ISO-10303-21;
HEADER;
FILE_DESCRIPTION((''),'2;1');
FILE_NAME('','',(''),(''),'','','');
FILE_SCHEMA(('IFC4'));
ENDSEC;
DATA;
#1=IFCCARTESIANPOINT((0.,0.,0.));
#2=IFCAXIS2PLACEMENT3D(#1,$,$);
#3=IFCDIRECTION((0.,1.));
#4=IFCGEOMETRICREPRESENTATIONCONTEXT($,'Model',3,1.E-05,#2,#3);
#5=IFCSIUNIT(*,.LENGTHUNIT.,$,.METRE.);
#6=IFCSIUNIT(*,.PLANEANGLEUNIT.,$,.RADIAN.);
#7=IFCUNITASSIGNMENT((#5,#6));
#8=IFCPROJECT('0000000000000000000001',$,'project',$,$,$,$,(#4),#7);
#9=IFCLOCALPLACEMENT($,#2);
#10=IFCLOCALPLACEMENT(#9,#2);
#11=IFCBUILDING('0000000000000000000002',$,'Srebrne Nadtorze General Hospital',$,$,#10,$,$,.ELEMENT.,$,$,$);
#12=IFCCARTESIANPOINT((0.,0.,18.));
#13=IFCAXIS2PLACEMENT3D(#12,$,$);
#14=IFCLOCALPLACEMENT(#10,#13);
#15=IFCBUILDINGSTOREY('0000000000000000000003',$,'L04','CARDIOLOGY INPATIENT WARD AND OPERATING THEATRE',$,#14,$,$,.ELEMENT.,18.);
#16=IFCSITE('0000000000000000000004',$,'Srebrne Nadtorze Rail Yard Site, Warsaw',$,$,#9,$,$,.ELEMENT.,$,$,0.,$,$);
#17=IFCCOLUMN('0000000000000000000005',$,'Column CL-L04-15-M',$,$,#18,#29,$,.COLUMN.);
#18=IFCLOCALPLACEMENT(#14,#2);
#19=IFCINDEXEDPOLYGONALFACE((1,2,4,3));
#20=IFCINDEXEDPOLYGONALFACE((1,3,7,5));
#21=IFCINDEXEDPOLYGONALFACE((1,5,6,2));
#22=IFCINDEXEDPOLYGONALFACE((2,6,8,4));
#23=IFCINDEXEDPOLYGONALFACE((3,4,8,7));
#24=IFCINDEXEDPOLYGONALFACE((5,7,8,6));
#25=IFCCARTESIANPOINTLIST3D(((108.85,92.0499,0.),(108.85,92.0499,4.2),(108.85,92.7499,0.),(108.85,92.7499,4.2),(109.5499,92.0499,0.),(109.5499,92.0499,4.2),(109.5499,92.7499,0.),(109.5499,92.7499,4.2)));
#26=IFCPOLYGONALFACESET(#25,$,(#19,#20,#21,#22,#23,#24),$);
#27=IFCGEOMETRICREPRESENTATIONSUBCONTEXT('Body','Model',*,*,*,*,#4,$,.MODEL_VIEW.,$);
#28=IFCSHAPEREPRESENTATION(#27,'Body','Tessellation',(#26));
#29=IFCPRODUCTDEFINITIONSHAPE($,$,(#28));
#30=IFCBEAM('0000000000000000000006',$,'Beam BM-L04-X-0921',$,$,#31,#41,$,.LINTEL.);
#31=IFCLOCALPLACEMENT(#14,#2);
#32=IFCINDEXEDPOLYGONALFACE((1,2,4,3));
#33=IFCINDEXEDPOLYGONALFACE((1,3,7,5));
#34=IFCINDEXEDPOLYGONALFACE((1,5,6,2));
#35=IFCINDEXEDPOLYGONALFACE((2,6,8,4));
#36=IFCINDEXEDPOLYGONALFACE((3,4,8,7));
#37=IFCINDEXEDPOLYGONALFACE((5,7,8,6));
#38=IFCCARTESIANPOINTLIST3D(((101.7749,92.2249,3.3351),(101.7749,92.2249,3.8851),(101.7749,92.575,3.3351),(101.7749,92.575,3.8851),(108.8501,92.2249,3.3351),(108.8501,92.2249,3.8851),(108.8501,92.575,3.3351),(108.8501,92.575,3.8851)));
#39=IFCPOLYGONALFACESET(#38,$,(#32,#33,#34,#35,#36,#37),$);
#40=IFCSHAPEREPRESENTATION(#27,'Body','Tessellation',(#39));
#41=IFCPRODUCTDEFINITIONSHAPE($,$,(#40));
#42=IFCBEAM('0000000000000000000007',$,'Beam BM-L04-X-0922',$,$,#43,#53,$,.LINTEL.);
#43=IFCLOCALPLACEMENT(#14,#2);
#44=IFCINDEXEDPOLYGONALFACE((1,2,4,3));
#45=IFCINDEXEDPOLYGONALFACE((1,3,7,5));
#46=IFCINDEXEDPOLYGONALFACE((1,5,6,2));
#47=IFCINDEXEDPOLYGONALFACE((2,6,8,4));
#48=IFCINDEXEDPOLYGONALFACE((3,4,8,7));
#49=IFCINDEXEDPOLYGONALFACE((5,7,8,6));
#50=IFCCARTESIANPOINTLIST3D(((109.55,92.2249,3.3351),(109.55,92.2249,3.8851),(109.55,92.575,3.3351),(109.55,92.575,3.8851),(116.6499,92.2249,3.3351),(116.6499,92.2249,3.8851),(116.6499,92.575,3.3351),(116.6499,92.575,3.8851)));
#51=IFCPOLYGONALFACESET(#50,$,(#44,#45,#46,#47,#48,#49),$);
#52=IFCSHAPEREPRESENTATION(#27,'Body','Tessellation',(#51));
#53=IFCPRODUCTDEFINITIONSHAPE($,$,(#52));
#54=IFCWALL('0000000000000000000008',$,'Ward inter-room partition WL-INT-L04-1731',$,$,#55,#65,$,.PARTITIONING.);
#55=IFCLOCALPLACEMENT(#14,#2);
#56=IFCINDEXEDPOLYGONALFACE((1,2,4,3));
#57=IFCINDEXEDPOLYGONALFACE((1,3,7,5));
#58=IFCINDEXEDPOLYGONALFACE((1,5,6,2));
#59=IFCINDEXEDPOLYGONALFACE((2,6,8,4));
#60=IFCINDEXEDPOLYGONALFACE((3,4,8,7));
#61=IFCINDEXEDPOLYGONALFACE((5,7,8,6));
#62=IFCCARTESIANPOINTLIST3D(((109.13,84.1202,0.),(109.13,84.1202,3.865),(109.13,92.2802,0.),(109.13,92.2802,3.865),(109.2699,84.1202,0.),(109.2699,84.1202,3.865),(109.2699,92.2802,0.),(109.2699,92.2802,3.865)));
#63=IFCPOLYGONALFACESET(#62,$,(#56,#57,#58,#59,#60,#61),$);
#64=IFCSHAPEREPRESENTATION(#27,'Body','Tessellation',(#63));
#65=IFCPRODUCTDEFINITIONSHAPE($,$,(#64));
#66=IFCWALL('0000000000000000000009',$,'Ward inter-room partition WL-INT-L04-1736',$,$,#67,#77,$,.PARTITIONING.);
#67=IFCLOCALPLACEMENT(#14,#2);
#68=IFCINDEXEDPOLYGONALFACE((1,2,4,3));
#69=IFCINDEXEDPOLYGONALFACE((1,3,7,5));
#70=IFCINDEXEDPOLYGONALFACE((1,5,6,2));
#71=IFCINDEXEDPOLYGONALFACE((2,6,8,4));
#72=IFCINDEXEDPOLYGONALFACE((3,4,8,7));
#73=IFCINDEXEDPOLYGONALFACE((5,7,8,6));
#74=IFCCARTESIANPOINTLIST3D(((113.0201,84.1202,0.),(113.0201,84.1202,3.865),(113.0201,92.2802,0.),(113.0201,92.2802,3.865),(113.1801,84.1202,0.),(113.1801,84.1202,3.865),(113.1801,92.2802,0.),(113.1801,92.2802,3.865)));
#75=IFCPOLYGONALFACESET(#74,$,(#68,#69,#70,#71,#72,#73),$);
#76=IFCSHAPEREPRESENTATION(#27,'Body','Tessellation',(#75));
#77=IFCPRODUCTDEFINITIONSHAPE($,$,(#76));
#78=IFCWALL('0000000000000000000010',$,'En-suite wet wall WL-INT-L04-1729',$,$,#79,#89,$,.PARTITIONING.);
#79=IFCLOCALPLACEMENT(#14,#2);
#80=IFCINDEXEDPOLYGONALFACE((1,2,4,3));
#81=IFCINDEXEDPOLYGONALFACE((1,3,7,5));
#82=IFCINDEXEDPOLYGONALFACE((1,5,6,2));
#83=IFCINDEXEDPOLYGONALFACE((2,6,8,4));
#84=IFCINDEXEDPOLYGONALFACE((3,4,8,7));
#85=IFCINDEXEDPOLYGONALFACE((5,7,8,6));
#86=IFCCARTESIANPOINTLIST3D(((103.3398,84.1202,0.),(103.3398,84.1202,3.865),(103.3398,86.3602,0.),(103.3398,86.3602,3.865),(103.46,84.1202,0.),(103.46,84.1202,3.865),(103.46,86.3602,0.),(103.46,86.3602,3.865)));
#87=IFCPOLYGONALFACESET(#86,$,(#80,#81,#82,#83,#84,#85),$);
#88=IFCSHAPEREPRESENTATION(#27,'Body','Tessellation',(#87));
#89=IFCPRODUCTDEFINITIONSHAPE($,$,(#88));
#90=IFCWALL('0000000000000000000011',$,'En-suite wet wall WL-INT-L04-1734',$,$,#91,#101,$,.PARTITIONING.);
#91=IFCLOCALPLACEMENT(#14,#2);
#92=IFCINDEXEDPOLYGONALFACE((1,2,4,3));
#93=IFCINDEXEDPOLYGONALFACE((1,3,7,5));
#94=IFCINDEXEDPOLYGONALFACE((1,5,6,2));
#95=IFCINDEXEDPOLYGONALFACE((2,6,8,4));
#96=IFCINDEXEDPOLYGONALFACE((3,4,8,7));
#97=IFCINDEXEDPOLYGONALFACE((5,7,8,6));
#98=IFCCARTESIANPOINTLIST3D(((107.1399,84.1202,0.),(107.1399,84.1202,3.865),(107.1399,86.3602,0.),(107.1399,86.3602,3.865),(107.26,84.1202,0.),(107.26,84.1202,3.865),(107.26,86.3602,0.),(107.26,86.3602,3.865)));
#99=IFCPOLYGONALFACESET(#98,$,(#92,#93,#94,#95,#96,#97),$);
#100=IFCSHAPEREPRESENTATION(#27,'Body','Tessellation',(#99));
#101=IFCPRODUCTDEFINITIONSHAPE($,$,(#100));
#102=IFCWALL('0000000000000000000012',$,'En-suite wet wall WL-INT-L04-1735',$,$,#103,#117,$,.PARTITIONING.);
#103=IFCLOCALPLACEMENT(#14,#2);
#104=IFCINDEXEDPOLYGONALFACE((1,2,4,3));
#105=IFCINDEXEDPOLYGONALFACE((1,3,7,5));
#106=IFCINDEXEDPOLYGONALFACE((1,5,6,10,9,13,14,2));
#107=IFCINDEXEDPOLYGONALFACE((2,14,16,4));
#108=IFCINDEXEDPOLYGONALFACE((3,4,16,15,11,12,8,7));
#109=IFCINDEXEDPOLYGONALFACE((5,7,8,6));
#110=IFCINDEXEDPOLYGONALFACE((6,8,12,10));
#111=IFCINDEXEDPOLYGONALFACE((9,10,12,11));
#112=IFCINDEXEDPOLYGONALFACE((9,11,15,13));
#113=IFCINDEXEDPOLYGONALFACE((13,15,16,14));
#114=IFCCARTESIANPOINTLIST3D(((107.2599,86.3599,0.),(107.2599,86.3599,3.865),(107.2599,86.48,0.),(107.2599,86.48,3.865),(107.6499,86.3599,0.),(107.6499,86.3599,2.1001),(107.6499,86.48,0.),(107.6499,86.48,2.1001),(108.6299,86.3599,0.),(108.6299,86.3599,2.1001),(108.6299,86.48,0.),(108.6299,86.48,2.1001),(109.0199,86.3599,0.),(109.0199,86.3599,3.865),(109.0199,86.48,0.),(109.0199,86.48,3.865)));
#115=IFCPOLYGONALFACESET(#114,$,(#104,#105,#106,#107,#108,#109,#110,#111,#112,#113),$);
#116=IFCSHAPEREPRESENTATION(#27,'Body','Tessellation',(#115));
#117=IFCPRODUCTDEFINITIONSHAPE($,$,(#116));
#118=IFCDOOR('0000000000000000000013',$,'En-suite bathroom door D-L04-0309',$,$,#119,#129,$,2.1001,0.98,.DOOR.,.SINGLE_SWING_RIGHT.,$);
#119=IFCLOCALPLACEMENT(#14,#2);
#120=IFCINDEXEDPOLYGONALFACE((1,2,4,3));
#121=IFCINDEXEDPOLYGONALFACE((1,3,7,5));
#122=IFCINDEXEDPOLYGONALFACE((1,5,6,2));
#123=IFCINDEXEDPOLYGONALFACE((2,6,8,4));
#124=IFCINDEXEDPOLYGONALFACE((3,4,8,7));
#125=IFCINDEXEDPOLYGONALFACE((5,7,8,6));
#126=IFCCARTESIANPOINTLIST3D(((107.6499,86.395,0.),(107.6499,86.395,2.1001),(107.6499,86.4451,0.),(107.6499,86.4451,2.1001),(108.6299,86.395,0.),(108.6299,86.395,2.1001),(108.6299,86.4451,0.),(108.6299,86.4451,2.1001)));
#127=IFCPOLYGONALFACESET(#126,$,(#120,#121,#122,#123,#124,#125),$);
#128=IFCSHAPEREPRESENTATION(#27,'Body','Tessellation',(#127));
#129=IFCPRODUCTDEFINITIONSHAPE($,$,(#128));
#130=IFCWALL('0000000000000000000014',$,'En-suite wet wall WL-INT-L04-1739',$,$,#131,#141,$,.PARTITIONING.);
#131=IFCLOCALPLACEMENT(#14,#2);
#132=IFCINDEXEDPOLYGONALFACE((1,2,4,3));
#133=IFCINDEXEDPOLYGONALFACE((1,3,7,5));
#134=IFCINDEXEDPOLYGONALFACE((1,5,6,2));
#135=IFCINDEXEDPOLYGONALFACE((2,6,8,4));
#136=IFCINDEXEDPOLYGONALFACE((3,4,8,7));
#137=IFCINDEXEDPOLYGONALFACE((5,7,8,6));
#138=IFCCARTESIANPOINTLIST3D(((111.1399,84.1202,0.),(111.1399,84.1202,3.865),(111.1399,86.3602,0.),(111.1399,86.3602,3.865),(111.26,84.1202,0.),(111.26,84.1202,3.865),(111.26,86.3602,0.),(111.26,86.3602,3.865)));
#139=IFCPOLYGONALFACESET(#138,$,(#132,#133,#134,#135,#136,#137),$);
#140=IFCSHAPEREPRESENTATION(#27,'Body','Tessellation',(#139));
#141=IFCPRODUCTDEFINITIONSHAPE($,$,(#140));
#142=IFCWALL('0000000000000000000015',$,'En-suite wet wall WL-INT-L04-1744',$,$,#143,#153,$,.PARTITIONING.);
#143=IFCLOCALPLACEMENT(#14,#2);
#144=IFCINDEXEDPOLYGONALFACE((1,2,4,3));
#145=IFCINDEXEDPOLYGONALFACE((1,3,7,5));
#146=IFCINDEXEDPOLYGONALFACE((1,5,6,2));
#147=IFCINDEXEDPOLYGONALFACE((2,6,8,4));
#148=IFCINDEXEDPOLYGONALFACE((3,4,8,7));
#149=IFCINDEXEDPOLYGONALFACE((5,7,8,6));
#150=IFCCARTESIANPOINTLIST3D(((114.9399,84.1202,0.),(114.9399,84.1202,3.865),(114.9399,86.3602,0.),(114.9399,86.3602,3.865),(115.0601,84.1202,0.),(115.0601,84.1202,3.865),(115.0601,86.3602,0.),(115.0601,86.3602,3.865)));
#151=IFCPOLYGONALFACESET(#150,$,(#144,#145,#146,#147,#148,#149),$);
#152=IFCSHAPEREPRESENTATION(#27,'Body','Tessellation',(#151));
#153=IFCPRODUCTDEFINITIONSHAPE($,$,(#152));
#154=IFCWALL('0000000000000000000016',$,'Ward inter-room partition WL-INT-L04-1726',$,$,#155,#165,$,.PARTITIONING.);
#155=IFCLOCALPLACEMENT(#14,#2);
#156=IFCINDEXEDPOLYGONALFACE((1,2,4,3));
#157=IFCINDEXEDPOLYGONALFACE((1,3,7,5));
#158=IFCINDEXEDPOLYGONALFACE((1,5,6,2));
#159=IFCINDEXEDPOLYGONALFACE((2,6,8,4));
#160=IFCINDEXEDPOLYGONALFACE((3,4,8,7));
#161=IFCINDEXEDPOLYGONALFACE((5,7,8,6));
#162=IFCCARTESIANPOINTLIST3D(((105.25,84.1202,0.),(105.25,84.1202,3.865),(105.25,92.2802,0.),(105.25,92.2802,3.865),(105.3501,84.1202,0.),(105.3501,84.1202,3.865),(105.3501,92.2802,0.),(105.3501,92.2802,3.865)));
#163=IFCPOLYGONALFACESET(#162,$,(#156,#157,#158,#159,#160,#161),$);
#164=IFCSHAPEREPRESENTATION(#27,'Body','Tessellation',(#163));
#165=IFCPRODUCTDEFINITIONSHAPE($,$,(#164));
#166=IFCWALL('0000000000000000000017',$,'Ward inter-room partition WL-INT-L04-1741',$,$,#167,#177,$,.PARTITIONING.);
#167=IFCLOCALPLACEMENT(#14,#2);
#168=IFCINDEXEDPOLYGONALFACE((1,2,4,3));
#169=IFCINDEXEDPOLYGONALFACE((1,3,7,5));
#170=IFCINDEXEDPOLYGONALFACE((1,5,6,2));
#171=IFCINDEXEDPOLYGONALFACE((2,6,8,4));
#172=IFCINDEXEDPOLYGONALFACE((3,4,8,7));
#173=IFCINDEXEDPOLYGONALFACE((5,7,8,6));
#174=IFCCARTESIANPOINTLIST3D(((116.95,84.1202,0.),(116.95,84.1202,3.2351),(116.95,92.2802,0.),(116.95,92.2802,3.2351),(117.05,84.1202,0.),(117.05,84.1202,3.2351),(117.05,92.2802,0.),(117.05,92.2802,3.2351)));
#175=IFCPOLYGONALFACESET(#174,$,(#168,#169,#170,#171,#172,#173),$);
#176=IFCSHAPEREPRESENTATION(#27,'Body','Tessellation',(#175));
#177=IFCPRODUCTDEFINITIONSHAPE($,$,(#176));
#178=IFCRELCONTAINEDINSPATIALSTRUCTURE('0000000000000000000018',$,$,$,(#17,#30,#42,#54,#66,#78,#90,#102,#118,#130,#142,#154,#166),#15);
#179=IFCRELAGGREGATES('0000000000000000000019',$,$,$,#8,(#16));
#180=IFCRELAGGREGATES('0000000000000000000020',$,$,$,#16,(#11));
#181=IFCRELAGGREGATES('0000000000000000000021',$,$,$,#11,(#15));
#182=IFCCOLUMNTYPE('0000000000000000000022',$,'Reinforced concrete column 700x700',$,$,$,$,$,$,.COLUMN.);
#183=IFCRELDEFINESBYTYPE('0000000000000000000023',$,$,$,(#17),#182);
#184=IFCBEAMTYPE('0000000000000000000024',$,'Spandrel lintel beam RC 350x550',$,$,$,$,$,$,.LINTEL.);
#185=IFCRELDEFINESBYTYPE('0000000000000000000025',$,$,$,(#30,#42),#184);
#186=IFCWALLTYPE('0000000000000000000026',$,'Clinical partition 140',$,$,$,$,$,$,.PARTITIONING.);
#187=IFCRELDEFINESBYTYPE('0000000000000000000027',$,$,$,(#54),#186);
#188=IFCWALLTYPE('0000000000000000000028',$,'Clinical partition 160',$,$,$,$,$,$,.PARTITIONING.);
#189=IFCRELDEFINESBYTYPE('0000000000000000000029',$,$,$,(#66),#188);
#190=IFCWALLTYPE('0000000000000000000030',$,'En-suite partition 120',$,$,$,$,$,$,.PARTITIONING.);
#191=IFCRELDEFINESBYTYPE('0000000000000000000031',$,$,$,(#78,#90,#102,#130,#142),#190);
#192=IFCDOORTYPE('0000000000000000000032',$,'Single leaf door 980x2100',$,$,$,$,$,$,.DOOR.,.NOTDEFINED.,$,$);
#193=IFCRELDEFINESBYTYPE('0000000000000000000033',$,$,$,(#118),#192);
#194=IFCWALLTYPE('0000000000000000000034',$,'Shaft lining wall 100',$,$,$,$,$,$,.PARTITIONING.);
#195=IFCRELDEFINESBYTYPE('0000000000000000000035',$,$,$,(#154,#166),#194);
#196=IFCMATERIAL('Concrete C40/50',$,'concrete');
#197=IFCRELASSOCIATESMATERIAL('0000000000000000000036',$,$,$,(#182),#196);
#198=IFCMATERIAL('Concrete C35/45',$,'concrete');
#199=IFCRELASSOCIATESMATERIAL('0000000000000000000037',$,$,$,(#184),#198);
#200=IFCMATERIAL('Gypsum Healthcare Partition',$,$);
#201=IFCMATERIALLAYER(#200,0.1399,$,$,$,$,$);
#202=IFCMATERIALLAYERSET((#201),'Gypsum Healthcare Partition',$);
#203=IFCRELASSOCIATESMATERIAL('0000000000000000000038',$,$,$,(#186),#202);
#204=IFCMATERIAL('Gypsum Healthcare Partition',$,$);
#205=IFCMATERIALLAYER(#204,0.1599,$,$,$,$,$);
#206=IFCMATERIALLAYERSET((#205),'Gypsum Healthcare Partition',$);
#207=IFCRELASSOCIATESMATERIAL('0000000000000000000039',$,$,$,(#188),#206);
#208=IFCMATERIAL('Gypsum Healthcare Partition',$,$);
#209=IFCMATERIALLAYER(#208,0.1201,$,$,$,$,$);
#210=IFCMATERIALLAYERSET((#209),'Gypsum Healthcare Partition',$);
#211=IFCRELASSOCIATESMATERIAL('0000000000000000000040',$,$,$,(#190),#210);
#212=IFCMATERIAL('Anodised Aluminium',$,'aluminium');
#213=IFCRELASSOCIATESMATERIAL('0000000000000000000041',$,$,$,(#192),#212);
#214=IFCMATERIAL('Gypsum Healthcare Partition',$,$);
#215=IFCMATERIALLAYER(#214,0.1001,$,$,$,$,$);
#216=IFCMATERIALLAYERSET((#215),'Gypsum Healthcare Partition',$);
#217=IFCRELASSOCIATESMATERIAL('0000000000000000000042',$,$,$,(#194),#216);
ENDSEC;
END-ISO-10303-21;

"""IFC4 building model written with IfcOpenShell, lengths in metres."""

from ifc_helpers import new_model, si_unit, direction, frame, frame_2d, origin, origin_2d, place, context, subcontext, project, spatial, rectangle, extrude, material, layer, layer_set, material_profile, profile_set, type_object, element, fill, save


model = new_model("IFC4")

# Units and contexts
model_context = context("Model", 3, precision=1e-05, world=origin(), true_north=direction((0.0, 1.0)))
body_context = subcontext(model_context, "Body", "Model", "MODEL_VIEW")
ifc_project = project(units=[si_unit("LENGTHUNIT", "METRE"), si_unit("PLANEANGLEUNIT", "RADIAN")], contexts=[model_context])

# Site, building, storey
site_placement = place(None, origin())
site = spatial("IfcSite", under=ifc_project, at=site_placement, Name="Srebrne Nadtorze Rail Yard Site, Warsaw", CompositionType="ELEMENT", RefElevation=0.0)
building_placement = place(site_placement, origin())
building = spatial("IfcBuilding", under=site, at=building_placement, Name="Srebrne Nadtorze General Hospital", CompositionType="ELEMENT")
storey_placement = place(building_placement, frame((0.0, 0.0, 18.0)))
storey = spatial("IfcBuildingStorey", under=building, at=storey_placement, Name="L04", Description="CARDIOLOGY INPATIENT WARD AND OPERATING THEATRE", CompositionType="ELEMENT", Elevation=18.0)

# Column
ifc_material_1 = material(Name="Concrete C40/50", Category="concrete")
ifc_material_profile_1 = material_profile(ifc_material_1, rectangle(XDim=0.7, YDim=0.7, at=origin_2d()), Name="RC-COL-700x700")
ifc_profile_set_1 = profile_set([ifc_material_profile_1], Name="Concrete C40/50")
column_type = type_object("IfcColumnType", Name="Reinforced concrete column 700x700", PredefinedType="COLUMN", material=ifc_profile_set_1)
column_placement = place(storey_placement, frame((109.2, 92.3999, 0.0), z_axis=(0.0, 0.0, 1.0), x_axis=(1.0, 0.0, 0.0)))
element("IfcColumn", 1, at=column_placement, inside=storey, type_object=column_type, Name="Column CL-L04-15-M", PredefinedType="COLUMN", context=body_context, shape_type="SweptSolid", body=[
    extrude(rectangle(XDim=0.7, YDim=0.7, at=origin_2d()), origin(), (0.0, 0.0, 1.0), 4.2),
])

# Beams
ifc_material_2 = material(Name="Concrete C35/45", Category="concrete")
ifc_material_profile_2 = material_profile(ifc_material_2, rectangle(XDim=0.3501, YDim=0.55, at=origin_2d()), Name="RC-BM-350x550")
ifc_profile_set_2 = profile_set([ifc_material_profile_2], Name="Concrete C35/45")
beam_type = type_object("IfcBeamType", Name="Spandrel lintel beam RC 350x550", PredefinedType="LINTEL", material=ifc_profile_set_2)
beam_1_placement = place(storey_placement, frame((101.7749, 92.3999, 3.6101), z_axis=(1.0, 0.0, 0.0), x_axis=(0.0, 1.0, 0.0)))
element("IfcBeam", 2, at=beam_1_placement, inside=storey, type_object=beam_type, Name="Beam BM-L04-X-0921", PredefinedType="LINTEL", context=body_context, shape_type="SweptSolid", body=[
    extrude(rectangle(XDim=0.3501, YDim=0.55, at=origin_2d()), origin(), (0.0, 0.0, 1.0), 7.0752),
])
beam_2_placement = place(storey_placement, frame((109.55, 92.3999, 3.6101), z_axis=(1.0, 0.0, 0.0), x_axis=(0.0, 1.0, 0.0)))
element("IfcBeam", 3, at=beam_2_placement, inside=storey, type_object=beam_type, Name="Beam BM-L04-X-0922", PredefinedType="LINTEL", context=body_context, shape_type="SweptSolid", body=[
    extrude(rectangle(XDim=0.3501, YDim=0.55, at=origin_2d()), origin(), (0.0, 0.0, 1.0), 7.0999),
])

# Walls
ifc_material_3 = material(Name="Gypsum Healthcare Partition")
ifc_layer_1 = layer(ifc_material_3, 0.1399)
ifc_layer_set_1 = layer_set([ifc_layer_1], Name="Gypsum Healthcare Partition")
wall_type_1 = type_object("IfcWallType", Name="Clinical partition 140", PredefinedType="PARTITIONING", material=ifc_layer_set_1)
wall_1_placement = place(storey_placement, frame((109.2, 84.1201, 0.0), z_axis=(0.0, 0.0, 1.0), x_axis=(0.0, 1.0, 0.0)))
element("IfcWall", 4, at=wall_1_placement, inside=storey, type_object=wall_type_1, Name="Ward inter-room partition WL-INT-L04-1731", PredefinedType="PARTITIONING", context=body_context, shape_type="SweptSolid", body=[
    extrude(rectangle(XDim=8.1599, YDim=0.1399, at=frame_2d((4.0801, 0.0))), origin(), (0.0, 0.0, 1.0), 3.865),
])
ifc_material_4 = material(Name="Gypsum Healthcare Partition")
ifc_layer_2 = layer(ifc_material_4, 0.1599)
ifc_layer_set_2 = layer_set([ifc_layer_2], Name="Gypsum Healthcare Partition")
wall_type_2 = type_object("IfcWallType", Name="Clinical partition 160", PredefinedType="PARTITIONING", material=ifc_layer_set_2)
wall_2_placement = place(storey_placement, frame((113.1001, 84.1201, 0.0), z_axis=(0.0, 0.0, 1.0), x_axis=(0.0, 1.0, 0.0)))
element("IfcWall", 5, at=wall_2_placement, inside=storey, type_object=wall_type_2, Name="Ward inter-room partition WL-INT-L04-1736", PredefinedType="PARTITIONING", context=body_context, shape_type="SweptSolid", body=[
    extrude(rectangle(XDim=8.1599, YDim=0.1599, at=frame_2d((4.0801, 0.0))), origin(), (0.0, 0.0, 1.0), 3.865),
])
ifc_material_5 = material(Name="Gypsum Healthcare Partition")
ifc_layer_3 = layer(ifc_material_5, 0.1201)
ifc_layer_set_3 = layer_set([ifc_layer_3], Name="Gypsum Healthcare Partition")
wall_type_3 = type_object("IfcWallType", Name="En-suite partition 120", PredefinedType="PARTITIONING", material=ifc_layer_set_3)
for number, where, z_axis, x_axis, name in (
    (6, (103.3999, 84.1201, 0.0), (0.0, 0.0, 1.0), (0.0, 1.0, 0.0), "En-suite wet wall WL-INT-L04-1729"),
    (7, (107.2, 84.1201, 0.0), (0.0, 0.0, 1.0), (0.0, 1.0, 0.0), "En-suite wet wall WL-INT-L04-1734"),
):
    element("IfcWall", number, at=place(storey_placement, frame(where, z_axis=z_axis, x_axis=x_axis)), inside=storey, type_object=wall_type_3, Name=name, PredefinedType="PARTITIONING", context=body_context, shape_type="SweptSolid", body=[
        extrude(rectangle(XDim=2.24, YDim=0.1201, at=frame_2d((1.1201, 0.0))), origin(), (0.0, 0.0, 1.0), 3.865),
    ])

# Wall, opening, door
wall_3_placement = place(storey_placement, frame((107.26, 86.4199, 0.0), z_axis=(0.0, 0.0, 1.0), x_axis=(1.0, 0.0, 0.0)))
wall_3 = element("IfcWall", 8, at=wall_3_placement, inside=storey, type_object=wall_type_3, Name="En-suite wet wall WL-INT-L04-1735", PredefinedType="PARTITIONING", context=body_context, shape_type="SweptSolid", body=[
    extrude(rectangle(XDim=1.76, YDim=0.1201, at=frame_2d((0.8799, 0.0))), origin(), (0.0, 0.0, 1.0), 3.865),
])
opening_1_placement = place(wall_3_placement, frame((0.3899, 0.0, 0.0)))
opening_1 = element("IfcOpeningElement", 9, at=opening_1_placement, cuts=wall_3, PredefinedType="OPENING", context=body_context, shape_type="SweptSolid", body=[
    extrude(rectangle(XDim=0.98, YDim=2.1001, at=frame_2d((0.49, 1.05))), frame((0.0, 0.072, 0.0), z_axis=(0.0, -1.0, 0.0), x_axis=(1.0, 0.0, 0.0)), (0.0, 0.0, 1.0), 0.144),
])
ifc_material_6 = material(Name="Anodised Aluminium", Category="aluminium")
door_type_1 = type_object("IfcDoorType", Name="Single leaf door 980x2100", OperationType="NOTDEFINED", PredefinedType="DOOR", material=ifc_material_6)
door_1_placement = place(opening_1_placement, frame((0.98, 0.0, 0.0), z_axis=(0.0, 0.0, 1.0), x_axis=(-1.0, 0.0, 0.0)))
door_1 = element("IfcDoor", 10, at=door_1_placement, inside=storey, type_object=door_type_1, Name="En-suite bathroom door D-L04-0309", OperationType="SINGLE_SWING_RIGHT", OverallHeight=2.1001, OverallWidth=0.98, PredefinedType="DOOR", context=body_context, shape_type="SweptSolid", body=[
    extrude(rectangle(XDim=0.98, YDim=2.1001, at=frame_2d((0.49, 1.05))), frame((0.0, 0.0249, 0.0), z_axis=(0.0, -1.0, 0.0), x_axis=(1.0, 0.0, 0.0)), (0.0, 0.0, 1.0), 0.05),
])
fill(opening_1, door_1)

# Wall
wall_4_placement = place(storey_placement, frame((111.2, 84.1201, 0.0), z_axis=(0.0, 0.0, 1.0), x_axis=(0.0, 1.0, 0.0)))
element("IfcWall", 11, at=wall_4_placement, inside=storey, type_object=wall_type_3, Name="En-suite wet wall WL-INT-L04-1739", PredefinedType="PARTITIONING", context=body_context, shape_type="SweptSolid", body=[
    extrude(rectangle(XDim=2.24, YDim=0.1201, at=frame_2d((1.1201, 0.0))), origin(), (0.0, 0.0, 1.0), 3.865),
])

# Wall
wall_5_placement = place(storey_placement, frame((115.0, 84.1201, 0.0), z_axis=(0.0, 0.0, 1.0), x_axis=(0.0, 1.0, 0.0)))
element("IfcWall", 12, at=wall_5_placement, inside=storey, type_object=wall_type_3, Name="En-suite wet wall WL-INT-L04-1744", PredefinedType="PARTITIONING", context=body_context, shape_type="SweptSolid", body=[
    extrude(rectangle(XDim=2.24, YDim=0.1201, at=frame_2d((1.1201, 0.0))), origin(), (0.0, 0.0, 1.0), 3.865),
])

# Walls
ifc_material_7 = material(Name="Gypsum Healthcare Partition")
ifc_layer_4 = layer(ifc_material_7, 0.1001)
ifc_layer_set_4 = layer_set([ifc_layer_4], Name="Gypsum Healthcare Partition")
wall_type_4 = type_object("IfcWallType", Name="Shaft lining wall 100", PredefinedType="PARTITIONING", material=ifc_layer_set_4)
wall_6_placement = place(storey_placement, frame((105.3, 84.1201, 0.0), z_axis=(0.0, 0.0, 1.0), x_axis=(0.0, 1.0, 0.0)))
element("IfcWall", 13, at=wall_6_placement, inside=storey, type_object=wall_type_4, Name="Ward inter-room partition WL-INT-L04-1726", PredefinedType="PARTITIONING", context=body_context, shape_type="SweptSolid", body=[
    extrude(rectangle(XDim=8.1599, YDim=0.1001, at=frame_2d((4.0801, 0.0))), origin(), (0.0, 0.0, 1.0), 3.865),
])
wall_7_placement = place(storey_placement, frame((117.0, 84.1201, 0.0), z_axis=(0.0, 0.0, 1.0), x_axis=(0.0, 1.0, 0.0)))
element("IfcWall", 14, at=wall_7_placement, inside=storey, type_object=wall_type_4, Name="Ward inter-room partition WL-INT-L04-1741", PredefinedType="PARTITIONING", context=body_context, shape_type="SweptSolid", body=[
    extrude(rectangle(XDim=8.1599, YDim=0.1001, at=frame_2d((4.0801, 0.0))), origin(), (0.0, 0.0, 1.0), 3.2351),
])

save(model, "model.ifc")
